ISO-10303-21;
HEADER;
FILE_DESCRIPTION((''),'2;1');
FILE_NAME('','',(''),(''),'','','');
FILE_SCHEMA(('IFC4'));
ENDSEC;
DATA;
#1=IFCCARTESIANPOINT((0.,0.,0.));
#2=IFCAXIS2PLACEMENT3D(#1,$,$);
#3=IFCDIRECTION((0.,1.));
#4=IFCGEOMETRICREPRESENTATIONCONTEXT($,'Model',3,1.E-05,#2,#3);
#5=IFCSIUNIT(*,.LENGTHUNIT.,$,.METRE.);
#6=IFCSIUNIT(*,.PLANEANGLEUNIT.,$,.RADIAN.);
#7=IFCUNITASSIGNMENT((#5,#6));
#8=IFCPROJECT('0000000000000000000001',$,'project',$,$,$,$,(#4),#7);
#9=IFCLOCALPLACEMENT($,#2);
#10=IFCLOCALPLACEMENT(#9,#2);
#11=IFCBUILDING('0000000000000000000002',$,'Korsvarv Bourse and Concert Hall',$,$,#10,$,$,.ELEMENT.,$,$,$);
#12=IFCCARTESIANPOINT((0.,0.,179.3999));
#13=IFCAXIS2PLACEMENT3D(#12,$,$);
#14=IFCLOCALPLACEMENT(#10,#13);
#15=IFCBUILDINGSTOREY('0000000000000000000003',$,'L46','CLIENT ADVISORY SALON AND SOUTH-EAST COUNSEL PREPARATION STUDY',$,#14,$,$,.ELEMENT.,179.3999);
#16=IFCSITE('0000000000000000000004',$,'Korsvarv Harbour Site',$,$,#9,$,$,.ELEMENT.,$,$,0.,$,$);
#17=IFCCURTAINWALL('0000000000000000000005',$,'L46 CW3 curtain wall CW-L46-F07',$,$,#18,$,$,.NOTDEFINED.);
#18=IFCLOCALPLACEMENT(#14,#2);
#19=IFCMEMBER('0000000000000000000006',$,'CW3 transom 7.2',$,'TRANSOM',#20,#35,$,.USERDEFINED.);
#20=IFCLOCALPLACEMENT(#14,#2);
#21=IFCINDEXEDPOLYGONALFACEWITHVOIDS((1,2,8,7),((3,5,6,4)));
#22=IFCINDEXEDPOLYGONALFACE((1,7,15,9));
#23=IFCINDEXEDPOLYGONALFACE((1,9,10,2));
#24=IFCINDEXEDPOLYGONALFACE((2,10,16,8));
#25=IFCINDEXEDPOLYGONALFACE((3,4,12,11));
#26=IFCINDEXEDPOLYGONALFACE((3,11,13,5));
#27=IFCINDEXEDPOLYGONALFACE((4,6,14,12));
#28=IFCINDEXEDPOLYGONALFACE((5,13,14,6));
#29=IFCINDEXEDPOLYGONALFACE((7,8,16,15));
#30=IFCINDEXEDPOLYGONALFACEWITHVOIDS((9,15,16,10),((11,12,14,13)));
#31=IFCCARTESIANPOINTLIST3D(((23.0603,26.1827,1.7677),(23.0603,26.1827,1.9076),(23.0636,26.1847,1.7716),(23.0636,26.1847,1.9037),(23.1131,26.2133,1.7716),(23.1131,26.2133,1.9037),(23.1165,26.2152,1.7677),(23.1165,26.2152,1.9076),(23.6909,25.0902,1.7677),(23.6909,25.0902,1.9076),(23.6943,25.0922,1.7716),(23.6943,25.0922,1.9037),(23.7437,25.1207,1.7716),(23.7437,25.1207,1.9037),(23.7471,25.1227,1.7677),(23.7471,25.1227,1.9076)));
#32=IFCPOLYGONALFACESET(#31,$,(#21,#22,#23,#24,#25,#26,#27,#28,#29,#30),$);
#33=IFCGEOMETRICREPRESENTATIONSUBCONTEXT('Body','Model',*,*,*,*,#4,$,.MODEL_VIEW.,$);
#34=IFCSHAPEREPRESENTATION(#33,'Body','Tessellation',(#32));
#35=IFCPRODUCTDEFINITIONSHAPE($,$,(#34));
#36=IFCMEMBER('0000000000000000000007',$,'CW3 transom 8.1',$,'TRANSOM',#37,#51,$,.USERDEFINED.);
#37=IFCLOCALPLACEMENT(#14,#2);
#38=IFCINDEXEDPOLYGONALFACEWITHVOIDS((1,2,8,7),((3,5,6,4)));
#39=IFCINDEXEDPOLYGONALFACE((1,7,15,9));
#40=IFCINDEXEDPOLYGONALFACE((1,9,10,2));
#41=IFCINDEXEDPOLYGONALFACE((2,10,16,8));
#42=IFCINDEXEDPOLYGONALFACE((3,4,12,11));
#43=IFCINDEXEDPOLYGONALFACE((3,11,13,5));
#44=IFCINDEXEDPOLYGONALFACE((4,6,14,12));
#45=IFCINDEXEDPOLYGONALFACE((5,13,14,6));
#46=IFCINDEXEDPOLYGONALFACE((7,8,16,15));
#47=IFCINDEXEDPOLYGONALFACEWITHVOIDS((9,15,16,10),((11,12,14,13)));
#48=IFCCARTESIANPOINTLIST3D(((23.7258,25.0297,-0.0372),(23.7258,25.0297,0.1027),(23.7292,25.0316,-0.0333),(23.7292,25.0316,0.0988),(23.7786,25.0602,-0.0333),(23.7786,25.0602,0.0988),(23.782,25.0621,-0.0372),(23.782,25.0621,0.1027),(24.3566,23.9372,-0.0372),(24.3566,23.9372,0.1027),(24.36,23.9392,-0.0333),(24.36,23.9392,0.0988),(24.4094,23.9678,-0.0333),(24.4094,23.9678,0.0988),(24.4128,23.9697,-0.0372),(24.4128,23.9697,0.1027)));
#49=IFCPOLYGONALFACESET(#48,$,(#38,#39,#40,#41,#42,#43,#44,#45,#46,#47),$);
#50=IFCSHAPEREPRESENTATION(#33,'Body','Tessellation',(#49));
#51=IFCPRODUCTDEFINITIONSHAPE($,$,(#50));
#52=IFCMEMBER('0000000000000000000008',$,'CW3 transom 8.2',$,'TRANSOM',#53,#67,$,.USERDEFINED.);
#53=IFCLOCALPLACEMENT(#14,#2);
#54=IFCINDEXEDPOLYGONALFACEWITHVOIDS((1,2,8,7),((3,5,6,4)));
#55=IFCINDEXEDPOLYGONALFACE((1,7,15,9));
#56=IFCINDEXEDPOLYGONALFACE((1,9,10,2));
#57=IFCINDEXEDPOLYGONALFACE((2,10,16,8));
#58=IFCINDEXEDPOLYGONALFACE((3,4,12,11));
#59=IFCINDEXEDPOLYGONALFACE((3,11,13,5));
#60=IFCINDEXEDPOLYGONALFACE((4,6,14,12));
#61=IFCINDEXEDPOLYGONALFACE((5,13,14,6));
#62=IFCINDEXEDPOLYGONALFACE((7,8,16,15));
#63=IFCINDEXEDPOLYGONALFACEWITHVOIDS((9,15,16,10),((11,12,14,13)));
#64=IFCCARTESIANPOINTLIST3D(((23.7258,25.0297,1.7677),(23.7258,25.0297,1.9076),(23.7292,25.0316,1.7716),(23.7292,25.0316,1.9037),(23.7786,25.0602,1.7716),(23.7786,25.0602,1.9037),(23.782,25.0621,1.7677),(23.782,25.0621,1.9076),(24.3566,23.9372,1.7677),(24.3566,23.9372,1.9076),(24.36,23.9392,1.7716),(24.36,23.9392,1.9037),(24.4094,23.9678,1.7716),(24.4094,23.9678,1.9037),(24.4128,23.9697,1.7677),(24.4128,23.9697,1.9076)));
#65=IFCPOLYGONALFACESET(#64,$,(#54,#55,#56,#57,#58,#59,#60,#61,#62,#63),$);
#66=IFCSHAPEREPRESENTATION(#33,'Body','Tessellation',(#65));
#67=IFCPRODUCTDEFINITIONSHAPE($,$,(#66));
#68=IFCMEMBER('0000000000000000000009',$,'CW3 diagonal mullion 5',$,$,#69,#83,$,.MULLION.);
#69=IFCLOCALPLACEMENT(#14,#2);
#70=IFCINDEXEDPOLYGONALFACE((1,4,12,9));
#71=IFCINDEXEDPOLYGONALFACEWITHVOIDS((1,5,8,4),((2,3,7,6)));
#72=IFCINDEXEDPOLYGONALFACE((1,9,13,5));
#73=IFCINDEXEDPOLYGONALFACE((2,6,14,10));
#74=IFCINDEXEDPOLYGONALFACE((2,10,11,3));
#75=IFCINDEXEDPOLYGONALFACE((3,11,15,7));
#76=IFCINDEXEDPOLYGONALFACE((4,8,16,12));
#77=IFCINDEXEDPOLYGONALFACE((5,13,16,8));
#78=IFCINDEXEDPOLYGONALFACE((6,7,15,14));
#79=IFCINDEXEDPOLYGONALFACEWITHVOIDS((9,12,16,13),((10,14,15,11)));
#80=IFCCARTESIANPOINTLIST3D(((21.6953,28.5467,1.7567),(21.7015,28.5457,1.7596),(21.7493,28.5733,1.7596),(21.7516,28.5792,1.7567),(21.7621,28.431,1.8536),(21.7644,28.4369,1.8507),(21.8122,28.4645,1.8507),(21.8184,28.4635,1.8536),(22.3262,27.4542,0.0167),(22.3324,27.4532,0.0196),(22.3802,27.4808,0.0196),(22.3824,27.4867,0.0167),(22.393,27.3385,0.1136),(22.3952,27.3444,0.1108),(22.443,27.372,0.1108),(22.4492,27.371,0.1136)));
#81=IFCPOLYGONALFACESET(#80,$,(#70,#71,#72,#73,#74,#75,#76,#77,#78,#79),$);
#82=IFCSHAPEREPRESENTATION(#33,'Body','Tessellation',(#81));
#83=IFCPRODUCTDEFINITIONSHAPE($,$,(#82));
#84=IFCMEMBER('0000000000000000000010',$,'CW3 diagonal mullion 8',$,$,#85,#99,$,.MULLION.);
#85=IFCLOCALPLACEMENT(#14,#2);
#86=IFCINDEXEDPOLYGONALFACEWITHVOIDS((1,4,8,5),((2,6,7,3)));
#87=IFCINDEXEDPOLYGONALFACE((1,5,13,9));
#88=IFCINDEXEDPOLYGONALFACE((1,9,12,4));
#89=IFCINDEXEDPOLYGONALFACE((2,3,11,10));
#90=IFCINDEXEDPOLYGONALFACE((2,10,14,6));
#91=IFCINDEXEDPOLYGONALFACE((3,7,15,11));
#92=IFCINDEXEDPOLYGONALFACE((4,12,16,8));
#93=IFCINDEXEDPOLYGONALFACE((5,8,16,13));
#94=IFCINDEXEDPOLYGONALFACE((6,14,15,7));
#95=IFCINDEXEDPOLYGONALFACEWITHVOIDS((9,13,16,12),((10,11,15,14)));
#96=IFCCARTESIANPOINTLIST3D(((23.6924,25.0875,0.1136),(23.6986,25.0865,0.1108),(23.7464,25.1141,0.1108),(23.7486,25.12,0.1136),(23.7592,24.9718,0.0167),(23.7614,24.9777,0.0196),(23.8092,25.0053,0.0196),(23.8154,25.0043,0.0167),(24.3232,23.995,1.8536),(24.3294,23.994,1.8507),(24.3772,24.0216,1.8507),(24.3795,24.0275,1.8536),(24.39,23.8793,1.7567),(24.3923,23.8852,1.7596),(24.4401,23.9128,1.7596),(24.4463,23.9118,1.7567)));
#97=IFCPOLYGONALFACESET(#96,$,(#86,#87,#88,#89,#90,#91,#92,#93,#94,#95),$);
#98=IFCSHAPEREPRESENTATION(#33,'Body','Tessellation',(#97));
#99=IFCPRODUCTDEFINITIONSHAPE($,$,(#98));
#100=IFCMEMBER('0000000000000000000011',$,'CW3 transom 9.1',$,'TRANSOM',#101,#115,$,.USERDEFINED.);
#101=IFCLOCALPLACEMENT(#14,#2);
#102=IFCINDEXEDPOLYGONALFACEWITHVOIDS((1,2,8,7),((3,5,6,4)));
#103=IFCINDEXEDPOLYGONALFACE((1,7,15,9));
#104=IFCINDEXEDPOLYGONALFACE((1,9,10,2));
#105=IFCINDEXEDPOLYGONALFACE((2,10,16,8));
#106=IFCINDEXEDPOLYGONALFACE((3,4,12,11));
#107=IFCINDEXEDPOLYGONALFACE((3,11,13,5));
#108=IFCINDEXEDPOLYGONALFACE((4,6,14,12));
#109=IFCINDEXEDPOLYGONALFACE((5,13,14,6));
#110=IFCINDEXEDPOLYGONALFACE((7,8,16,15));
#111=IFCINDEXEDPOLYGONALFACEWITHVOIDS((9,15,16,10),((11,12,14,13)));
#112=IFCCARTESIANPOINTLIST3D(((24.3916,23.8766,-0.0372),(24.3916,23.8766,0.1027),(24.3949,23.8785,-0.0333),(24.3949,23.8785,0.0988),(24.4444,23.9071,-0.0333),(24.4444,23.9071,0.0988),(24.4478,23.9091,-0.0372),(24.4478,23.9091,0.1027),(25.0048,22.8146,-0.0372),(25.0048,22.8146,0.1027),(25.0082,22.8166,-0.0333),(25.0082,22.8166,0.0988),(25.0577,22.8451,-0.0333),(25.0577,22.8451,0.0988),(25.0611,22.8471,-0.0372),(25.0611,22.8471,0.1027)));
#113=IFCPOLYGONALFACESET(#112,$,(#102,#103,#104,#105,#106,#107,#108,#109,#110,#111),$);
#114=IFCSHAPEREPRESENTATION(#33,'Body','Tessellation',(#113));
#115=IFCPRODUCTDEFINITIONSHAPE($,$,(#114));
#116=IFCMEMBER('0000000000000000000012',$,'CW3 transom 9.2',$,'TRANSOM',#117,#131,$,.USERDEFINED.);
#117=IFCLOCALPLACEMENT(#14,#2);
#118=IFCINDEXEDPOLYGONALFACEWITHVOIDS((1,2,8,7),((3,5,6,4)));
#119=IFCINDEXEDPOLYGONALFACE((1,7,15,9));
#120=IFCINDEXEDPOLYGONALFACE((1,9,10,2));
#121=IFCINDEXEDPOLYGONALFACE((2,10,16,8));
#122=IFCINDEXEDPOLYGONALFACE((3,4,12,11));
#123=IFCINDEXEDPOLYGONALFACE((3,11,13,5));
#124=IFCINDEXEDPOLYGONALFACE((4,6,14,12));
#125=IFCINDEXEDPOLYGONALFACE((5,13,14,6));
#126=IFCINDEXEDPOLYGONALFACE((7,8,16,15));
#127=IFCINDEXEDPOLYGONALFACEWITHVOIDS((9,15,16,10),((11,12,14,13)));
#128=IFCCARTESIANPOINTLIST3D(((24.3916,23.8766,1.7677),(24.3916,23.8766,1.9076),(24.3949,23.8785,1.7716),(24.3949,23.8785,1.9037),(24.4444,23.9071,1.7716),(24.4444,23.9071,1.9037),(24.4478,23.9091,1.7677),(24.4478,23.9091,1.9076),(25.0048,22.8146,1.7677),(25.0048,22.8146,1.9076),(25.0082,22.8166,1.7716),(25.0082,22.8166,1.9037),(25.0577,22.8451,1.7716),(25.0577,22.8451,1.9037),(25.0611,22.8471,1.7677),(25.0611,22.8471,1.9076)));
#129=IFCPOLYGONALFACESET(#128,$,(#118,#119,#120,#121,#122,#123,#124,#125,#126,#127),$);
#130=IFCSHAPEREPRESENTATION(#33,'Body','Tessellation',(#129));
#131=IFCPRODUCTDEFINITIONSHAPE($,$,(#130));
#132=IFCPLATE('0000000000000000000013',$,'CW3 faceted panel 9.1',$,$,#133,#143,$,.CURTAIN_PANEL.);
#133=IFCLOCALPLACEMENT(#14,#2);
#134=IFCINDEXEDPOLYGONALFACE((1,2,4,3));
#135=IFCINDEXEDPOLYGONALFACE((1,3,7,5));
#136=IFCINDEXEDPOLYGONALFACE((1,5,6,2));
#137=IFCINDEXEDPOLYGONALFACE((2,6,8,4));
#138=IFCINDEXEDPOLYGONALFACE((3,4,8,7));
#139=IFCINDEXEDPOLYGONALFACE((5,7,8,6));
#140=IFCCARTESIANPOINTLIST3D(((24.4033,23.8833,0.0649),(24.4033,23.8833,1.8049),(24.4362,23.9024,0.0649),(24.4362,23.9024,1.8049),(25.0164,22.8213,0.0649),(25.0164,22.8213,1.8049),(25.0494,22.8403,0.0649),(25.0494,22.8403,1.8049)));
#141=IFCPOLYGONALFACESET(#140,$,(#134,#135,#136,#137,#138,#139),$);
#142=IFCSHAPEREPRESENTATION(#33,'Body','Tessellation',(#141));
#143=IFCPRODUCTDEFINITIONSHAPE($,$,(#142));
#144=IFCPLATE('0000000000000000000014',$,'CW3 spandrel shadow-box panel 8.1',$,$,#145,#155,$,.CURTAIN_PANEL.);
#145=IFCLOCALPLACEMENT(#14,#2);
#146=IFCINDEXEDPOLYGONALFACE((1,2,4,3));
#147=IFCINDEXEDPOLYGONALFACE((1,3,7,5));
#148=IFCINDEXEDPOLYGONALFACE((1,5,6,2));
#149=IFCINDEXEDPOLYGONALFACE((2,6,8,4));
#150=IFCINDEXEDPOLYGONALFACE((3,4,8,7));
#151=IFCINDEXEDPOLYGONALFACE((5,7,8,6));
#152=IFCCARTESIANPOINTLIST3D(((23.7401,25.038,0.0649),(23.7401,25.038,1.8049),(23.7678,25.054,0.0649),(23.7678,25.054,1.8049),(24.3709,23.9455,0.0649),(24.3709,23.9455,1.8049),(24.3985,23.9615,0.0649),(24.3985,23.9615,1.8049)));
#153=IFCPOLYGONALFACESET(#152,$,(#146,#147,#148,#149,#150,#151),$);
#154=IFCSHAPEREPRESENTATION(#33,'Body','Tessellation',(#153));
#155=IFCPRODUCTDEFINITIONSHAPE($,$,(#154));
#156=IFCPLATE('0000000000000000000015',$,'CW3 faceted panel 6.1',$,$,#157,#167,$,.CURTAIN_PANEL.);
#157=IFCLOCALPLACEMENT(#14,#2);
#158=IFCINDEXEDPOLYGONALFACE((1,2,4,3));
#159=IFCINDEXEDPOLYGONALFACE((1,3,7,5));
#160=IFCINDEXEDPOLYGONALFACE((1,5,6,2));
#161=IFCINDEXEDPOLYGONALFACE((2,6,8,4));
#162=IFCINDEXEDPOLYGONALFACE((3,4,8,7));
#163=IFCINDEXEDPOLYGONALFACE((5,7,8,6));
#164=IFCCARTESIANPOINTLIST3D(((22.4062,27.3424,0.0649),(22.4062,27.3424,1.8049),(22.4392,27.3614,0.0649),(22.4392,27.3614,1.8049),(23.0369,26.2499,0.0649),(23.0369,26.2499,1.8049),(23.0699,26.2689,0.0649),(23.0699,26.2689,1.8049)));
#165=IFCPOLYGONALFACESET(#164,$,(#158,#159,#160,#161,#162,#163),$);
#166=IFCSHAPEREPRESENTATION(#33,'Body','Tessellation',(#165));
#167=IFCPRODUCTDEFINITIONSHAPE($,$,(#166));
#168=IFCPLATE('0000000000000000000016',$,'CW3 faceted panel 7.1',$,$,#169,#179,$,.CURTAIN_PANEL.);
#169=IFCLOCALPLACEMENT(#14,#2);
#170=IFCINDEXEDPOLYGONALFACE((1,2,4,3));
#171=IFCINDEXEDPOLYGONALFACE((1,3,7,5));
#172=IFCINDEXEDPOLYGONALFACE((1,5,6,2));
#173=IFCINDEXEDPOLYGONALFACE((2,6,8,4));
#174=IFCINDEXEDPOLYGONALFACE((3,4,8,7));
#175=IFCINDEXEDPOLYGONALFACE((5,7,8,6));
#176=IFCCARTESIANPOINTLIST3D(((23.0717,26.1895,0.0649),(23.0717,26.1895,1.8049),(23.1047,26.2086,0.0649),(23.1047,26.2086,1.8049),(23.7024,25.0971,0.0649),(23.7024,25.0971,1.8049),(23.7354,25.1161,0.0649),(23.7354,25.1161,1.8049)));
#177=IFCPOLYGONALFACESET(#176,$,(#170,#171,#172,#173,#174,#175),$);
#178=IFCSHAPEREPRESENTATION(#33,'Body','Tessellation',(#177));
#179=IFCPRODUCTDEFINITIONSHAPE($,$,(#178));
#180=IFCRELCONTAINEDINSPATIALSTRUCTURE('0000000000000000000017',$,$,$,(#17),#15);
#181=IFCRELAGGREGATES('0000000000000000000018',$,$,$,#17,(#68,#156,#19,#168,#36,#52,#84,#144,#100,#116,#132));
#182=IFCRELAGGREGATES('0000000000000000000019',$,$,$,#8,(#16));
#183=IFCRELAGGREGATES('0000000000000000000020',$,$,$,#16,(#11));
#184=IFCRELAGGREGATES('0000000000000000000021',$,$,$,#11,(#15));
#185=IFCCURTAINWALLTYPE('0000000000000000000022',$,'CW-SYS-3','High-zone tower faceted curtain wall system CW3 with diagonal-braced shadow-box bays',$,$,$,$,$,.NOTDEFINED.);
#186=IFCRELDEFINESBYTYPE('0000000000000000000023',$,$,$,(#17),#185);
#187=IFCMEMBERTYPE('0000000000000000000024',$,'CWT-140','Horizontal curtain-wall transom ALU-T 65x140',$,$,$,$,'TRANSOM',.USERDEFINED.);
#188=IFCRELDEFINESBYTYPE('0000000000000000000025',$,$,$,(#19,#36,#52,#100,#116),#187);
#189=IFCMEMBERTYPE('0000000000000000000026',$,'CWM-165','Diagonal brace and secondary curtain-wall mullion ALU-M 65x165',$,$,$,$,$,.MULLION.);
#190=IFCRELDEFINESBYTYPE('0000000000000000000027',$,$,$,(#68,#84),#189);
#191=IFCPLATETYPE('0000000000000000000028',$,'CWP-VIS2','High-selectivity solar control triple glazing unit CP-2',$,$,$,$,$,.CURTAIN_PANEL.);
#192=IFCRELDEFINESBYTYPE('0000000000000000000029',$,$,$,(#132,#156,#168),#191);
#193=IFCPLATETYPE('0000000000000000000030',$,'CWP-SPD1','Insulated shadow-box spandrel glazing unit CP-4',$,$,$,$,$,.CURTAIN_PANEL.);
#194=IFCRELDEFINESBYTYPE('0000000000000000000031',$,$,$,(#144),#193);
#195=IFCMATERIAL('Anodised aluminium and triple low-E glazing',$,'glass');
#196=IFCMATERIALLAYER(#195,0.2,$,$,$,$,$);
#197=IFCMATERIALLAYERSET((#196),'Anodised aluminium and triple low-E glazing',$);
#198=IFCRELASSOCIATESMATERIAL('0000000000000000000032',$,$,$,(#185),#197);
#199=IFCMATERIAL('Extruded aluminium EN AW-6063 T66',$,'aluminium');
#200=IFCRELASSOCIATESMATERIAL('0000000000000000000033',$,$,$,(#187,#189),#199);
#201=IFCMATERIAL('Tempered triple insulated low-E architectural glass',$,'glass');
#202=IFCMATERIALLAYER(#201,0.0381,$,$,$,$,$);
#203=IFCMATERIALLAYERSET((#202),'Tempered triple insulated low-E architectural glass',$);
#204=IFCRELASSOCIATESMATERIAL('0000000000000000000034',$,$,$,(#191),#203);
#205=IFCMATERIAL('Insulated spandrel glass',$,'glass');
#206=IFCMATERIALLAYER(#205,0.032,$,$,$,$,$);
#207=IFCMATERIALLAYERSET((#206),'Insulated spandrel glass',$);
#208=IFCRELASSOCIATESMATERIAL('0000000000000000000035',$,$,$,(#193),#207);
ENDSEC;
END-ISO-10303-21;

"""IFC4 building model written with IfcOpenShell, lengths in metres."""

from ifc_helpers import new_model, si_unit, direction, frame, origin, origin_2d, place, context, subcontext, project, spatial, rectangle, hollow_rectangle, extrude, source, transform, mapped, material, layer, layer_set, material_profile, profile_set, type_object, element, aggregate, save


model = new_model("IFC4")

# Units and contexts
model_context = context("Model", 3, precision=1e-05, world=origin(), true_north=direction((0.0, 1.0)))
body_context = subcontext(model_context, "Body", "Model", "MODEL_VIEW")
ifc_project = project(units=[si_unit("LENGTHUNIT", "METRE"), si_unit("PLANEANGLEUNIT", "RADIAN")], contexts=[model_context])

# Site, building, storey
site_placement = place(None, origin())
site = spatial("IfcSite", under=ifc_project, at=site_placement, Name="Korsvarv Harbour Site", CompositionType="ELEMENT", RefElevation=0.0)
building_placement = place(site_placement, origin())
building = spatial("IfcBuilding", under=site, at=building_placement, Name="Korsvarv Bourse and Concert Hall", CompositionType="ELEMENT")
storey_placement = place(building_placement, frame((0.0, 0.0, 179.3999)))
storey = spatial("IfcBuildingStorey", under=building, at=storey_placement, Name="L46", Description="CLIENT ADVISORY SALON AND SOUTH-EAST COUNSEL PREPARATION STUDY", CompositionType="ELEMENT", Elevation=179.3999)

# Curtain wall, members, plates
ifc_material_1 = material(Name="Anodised aluminium and triple low-E glazing", Category="glass")
ifc_layer_1 = layer(ifc_material_1, 0.2)
ifc_layer_set_1 = layer_set([ifc_layer_1], Name="Anodised aluminium and triple low-E glazing")
curtain_wall_type = type_object("IfcCurtainWallType", Name="CW-SYS-3", Description="High-zone tower faceted curtain wall system CW3 with diagonal-braced shadow-box bays", PredefinedType="NOTDEFINED", material=ifc_layer_set_1)
curtain_wall_placement = place(storey_placement, origin())
curtain_wall = element("IfcCurtainWall", 1, at=curtain_wall_placement, inside=storey, type_object=curtain_wall_type, Name="L46 CW3 curtain wall CW-L46-F07", PredefinedType="NOTDEFINED")
ifc_material_2 = material(Name="Extruded aluminium EN AW-6063 T66", Category="aluminium")
ifc_material_profile_1 = material_profile(ifc_material_2, hollow_rectangle(XDim=0.0649, YDim=0.1399, WallThickness=0.0039, at=origin_2d()), Name="ALU-T 65x140")
ifc_profile_set_1 = profile_set([ifc_material_profile_1], Name="Extruded aluminium EN AW-6063 T66")
member_type_1 = type_object("IfcMemberType", Name="CWT-140", Description="Horizontal curtain-wall transom ALU-T 65x140", ElementType="TRANSOM", PredefinedType="USERDEFINED", material=ifc_profile_set_1)
shared_shape_1 = source(origin(), body_context, "Body", "SweptSolid", [
    extrude(hollow_rectangle(XDim=0.0649, YDim=0.1399, WallThickness=0.0039, at=origin_2d()), origin(), (0.0, 0.0, 1.0), 1.2615),
])
member_1_placement = place(storey_placement, frame((23.0884, 26.199, 1.8376), z_axis=(0.499907, -0.866079, 0.0), x_axis=(0.866079, 0.499907, 0.0)))
member_1 = element("IfcMember", 2, at=member_1_placement, type_object=member_type_1, Name="CW3 transom 7.2", ObjectType="TRANSOM", PredefinedType="USERDEFINED", context=body_context, shape_type="MappedRepresentation", body=[
    mapped(shared_shape_1, transform((0.0, 0.0, 0.0), scale=1.0)),
])
member_2_placement = place(storey_placement, frame((23.7539, 25.0459, 0.0327), z_axis=(0.500052, -0.865995, 0.0), x_axis=(0.865995, 0.500052, 0.0)))
member_2 = element("IfcMember", 3, at=member_2_placement, type_object=member_type_1, Name="CW3 transom 8.1", ObjectType="TRANSOM", PredefinedType="USERDEFINED", context=body_context, shape_type="MappedRepresentation", body=[
    mapped(shared_shape_1, transform((0.0, 0.0, 0.0), scale=1.0)),
])
member_3_placement = place(storey_placement, frame((23.7539, 25.0459, 1.8376), z_axis=(0.500052, -0.865995, 0.0), x_axis=(0.865995, 0.500052, 0.0)))
member_3 = element("IfcMember", 4, at=member_3_placement, type_object=member_type_1, Name="CW3 transom 8.2", ObjectType="TRANSOM", PredefinedType="USERDEFINED", context=body_context, shape_type="MappedRepresentation", body=[
    mapped(shared_shape_1, transform((0.0, 0.0, 0.0), scale=1.0)),
])
ifc_material_profile_2 = material_profile(ifc_material_2, hollow_rectangle(XDim=0.0649, YDim=0.165, WallThickness=0.0049, at=origin_2d()), Name="ALU-M 65x165")
ifc_profile_set_2 = profile_set([ifc_material_profile_2], Name="Extruded aluminium EN AW-6063 T66")
member_type_2 = type_object("IfcMemberType", Name="CWM-165", Description="Diagonal brace and secondary curtain-wall mullion ALU-M 65x165", PredefinedType="MULLION", material=ifc_profile_set_2)
shared_shape_2 = source(origin(), body_context, "Body", "SweptSolid", [
    extrude(hollow_rectangle(XDim=0.0649, YDim=0.165, WallThickness=0.0049, at=origin_2d()), origin(), (0.0, 0.0, 1.0), 2.1492),
])
member_4_placement = place(storey_placement, frame((22.3877, 27.4126, 0.0652), z_axis=(-0.293529, 0.508336, 0.809589), x_axis=(-0.865995, -0.500052, 0.0)))
member_4 = element("IfcMember", 5, at=member_4_placement, type_object=member_type_2, Name="CW3 diagonal mullion 5", PredefinedType="MULLION", context=body_context, shape_type="MappedRepresentation", body=[
    mapped(shared_shape_2, transform((0.0, 0.0, 0.0), scale=1.0)),
])
member_5_placement = place(storey_placement, frame((23.7539, 25.0459, 0.0652), z_axis=(0.293529, -0.508336, 0.809589), x_axis=(0.865995, 0.500052, 0.0)))
member_5 = element("IfcMember", 6, at=member_5_placement, type_object=member_type_2, Name="CW3 diagonal mullion 8", PredefinedType="MULLION", context=body_context, shape_type="MappedRepresentation", body=[
    mapped(shared_shape_2, transform((0.0, 0.0, 0.0), scale=1.0)),
])
shared_shape_3 = source(origin(), body_context, "Body", "SweptSolid", [
    extrude(hollow_rectangle(XDim=0.0649, YDim=0.1399, WallThickness=0.0039, at=origin_2d()), origin(), (0.0, 0.0, 1.0), 1.2263),
])
member_6_placement = place(storey_placement, frame((24.4197, 23.8928, 0.0327), z_axis=(0.500079, -0.86598, 0.0), x_axis=(0.86598, 0.500079, 0.0)))
member_6 = element("IfcMember", 7, at=member_6_placement, type_object=member_type_1, Name="CW3 transom 9.1", ObjectType="TRANSOM", PredefinedType="USERDEFINED", context=body_context, shape_type="MappedRepresentation", body=[
    mapped(shared_shape_3, transform((0.0, 0.0, 0.0), scale=1.0)),
])
member_7_placement = place(storey_placement, frame((24.4197, 23.8928, 1.8376), z_axis=(0.500079, -0.86598, 0.0), x_axis=(0.86598, 0.500079, 0.0)))
member_7 = element("IfcMember", 8, at=member_7_placement, type_object=member_type_1, Name="CW3 transom 9.2", ObjectType="TRANSOM", PredefinedType="USERDEFINED", context=body_context, shape_type="MappedRepresentation", body=[
    mapped(shared_shape_3, transform((0.0, 0.0, 0.0), scale=1.0)),
])
ifc_material_3 = material(Name="Tempered triple insulated low-E architectural glass", Category="glass")
ifc_layer_2 = layer(ifc_material_3, 0.0381)
ifc_layer_set_2 = layer_set([ifc_layer_2], Name="Tempered triple insulated low-E architectural glass")
plate_type_1 = type_object("IfcPlateType", Name="CWP-VIS2", Description="High-selectivity solar control triple glazing unit CP-2", PredefinedType="CURTAIN_PANEL", material=ifc_layer_set_2)
shared_shape_4 = source(origin(), body_context, "Body", "SweptSolid", [
    extrude(rectangle(XDim=1.2263, YDim=0.0381, at=origin_2d()), origin(), (0.0, 0.0, 1.0), 1.74),
])
plate_1_placement = place(storey_placement, frame((24.7263, 23.3618, 0.0649), z_axis=(0.0, 0.0, 1.0), x_axis=(0.499994, -0.866029, 0.0)))
plate_1 = element("IfcPlate", 9, at=plate_1_placement, type_object=plate_type_1, Name="CW3 faceted panel 9.1", PredefinedType="CURTAIN_PANEL", context=body_context, shape_type="MappedRepresentation", body=[
    mapped(shared_shape_4, transform((0.0, 0.0, 0.0), scale=1.0)),
])
ifc_material_4 = material(Name="Insulated spandrel glass", Category="glass")
ifc_layer_3 = layer(ifc_material_4, 0.032)
ifc_layer_set_3 = layer_set([ifc_layer_3], Name="Insulated spandrel glass")
plate_type_2 = type_object("IfcPlateType", Name="CWP-SPD1", Description="Insulated shadow-box spandrel glazing unit CP-4", PredefinedType="CURTAIN_PANEL", material=ifc_layer_set_3)
shared_shape_5 = source(origin(), body_context, "Body", "SweptSolid", [
    extrude(rectangle(XDim=1.2615, YDim=0.032, at=origin_2d()), origin(), (0.0, 0.0, 1.0), 1.74),
])
plate_2_placement = place(storey_placement, frame((24.0693, 24.4998, 0.0649), z_axis=(0.0, 0.0, 1.0), x_axis=(0.499994, -0.866029, 0.0)))
plate_2 = element("IfcPlate", 10, at=plate_2_placement, type_object=plate_type_2, Name="CW3 spandrel shadow-box panel 8.1", PredefinedType="CURTAIN_PANEL", context=body_context, shape_type="MappedRepresentation", body=[
    mapped(shared_shape_5, transform((0.0, 0.0, 0.0), scale=1.0)),
])
shared_shape_6 = source(origin(), body_context, "Body", "SweptSolid", [
    extrude(rectangle(XDim=1.2615, YDim=0.0381, at=origin_2d()), origin(), (0.0, 0.0, 1.0), 1.74),
])
plate_3_placement = place(storey_placement, frame((22.738, 26.8057, 0.0649), z_axis=(0.0, 0.0, 1.0), x_axis=(0.499994, -0.866029, 0.0)))
plate_3 = element("IfcPlate", 11, at=plate_3_placement, type_object=plate_type_1, Name="CW3 faceted panel 6.1", PredefinedType="CURTAIN_PANEL", context=body_context, shape_type="MappedRepresentation", body=[
    mapped(shared_shape_6, transform((0.0, 0.0, 0.0), scale=1.0)),
])
plate_4_placement = place(storey_placement, frame((23.4036, 25.6528, 0.0649), z_axis=(0.0, 0.0, 1.0), x_axis=(0.499994, -0.866029, 0.0)))
plate_4 = element("IfcPlate", 12, at=plate_4_placement, type_object=plate_type_1, Name="CW3 faceted panel 7.1", PredefinedType="CURTAIN_PANEL", context=body_context, shape_type="MappedRepresentation", body=[
    mapped(shared_shape_6, transform((0.0, 0.0, 0.0), scale=1.0)),
])
aggregate(curtain_wall, [member_4, plate_3, member_1, plate_4, member_2, member_3, member_5, plate_2, member_6, member_7, plate_1])

save(model, "model.ifc")
